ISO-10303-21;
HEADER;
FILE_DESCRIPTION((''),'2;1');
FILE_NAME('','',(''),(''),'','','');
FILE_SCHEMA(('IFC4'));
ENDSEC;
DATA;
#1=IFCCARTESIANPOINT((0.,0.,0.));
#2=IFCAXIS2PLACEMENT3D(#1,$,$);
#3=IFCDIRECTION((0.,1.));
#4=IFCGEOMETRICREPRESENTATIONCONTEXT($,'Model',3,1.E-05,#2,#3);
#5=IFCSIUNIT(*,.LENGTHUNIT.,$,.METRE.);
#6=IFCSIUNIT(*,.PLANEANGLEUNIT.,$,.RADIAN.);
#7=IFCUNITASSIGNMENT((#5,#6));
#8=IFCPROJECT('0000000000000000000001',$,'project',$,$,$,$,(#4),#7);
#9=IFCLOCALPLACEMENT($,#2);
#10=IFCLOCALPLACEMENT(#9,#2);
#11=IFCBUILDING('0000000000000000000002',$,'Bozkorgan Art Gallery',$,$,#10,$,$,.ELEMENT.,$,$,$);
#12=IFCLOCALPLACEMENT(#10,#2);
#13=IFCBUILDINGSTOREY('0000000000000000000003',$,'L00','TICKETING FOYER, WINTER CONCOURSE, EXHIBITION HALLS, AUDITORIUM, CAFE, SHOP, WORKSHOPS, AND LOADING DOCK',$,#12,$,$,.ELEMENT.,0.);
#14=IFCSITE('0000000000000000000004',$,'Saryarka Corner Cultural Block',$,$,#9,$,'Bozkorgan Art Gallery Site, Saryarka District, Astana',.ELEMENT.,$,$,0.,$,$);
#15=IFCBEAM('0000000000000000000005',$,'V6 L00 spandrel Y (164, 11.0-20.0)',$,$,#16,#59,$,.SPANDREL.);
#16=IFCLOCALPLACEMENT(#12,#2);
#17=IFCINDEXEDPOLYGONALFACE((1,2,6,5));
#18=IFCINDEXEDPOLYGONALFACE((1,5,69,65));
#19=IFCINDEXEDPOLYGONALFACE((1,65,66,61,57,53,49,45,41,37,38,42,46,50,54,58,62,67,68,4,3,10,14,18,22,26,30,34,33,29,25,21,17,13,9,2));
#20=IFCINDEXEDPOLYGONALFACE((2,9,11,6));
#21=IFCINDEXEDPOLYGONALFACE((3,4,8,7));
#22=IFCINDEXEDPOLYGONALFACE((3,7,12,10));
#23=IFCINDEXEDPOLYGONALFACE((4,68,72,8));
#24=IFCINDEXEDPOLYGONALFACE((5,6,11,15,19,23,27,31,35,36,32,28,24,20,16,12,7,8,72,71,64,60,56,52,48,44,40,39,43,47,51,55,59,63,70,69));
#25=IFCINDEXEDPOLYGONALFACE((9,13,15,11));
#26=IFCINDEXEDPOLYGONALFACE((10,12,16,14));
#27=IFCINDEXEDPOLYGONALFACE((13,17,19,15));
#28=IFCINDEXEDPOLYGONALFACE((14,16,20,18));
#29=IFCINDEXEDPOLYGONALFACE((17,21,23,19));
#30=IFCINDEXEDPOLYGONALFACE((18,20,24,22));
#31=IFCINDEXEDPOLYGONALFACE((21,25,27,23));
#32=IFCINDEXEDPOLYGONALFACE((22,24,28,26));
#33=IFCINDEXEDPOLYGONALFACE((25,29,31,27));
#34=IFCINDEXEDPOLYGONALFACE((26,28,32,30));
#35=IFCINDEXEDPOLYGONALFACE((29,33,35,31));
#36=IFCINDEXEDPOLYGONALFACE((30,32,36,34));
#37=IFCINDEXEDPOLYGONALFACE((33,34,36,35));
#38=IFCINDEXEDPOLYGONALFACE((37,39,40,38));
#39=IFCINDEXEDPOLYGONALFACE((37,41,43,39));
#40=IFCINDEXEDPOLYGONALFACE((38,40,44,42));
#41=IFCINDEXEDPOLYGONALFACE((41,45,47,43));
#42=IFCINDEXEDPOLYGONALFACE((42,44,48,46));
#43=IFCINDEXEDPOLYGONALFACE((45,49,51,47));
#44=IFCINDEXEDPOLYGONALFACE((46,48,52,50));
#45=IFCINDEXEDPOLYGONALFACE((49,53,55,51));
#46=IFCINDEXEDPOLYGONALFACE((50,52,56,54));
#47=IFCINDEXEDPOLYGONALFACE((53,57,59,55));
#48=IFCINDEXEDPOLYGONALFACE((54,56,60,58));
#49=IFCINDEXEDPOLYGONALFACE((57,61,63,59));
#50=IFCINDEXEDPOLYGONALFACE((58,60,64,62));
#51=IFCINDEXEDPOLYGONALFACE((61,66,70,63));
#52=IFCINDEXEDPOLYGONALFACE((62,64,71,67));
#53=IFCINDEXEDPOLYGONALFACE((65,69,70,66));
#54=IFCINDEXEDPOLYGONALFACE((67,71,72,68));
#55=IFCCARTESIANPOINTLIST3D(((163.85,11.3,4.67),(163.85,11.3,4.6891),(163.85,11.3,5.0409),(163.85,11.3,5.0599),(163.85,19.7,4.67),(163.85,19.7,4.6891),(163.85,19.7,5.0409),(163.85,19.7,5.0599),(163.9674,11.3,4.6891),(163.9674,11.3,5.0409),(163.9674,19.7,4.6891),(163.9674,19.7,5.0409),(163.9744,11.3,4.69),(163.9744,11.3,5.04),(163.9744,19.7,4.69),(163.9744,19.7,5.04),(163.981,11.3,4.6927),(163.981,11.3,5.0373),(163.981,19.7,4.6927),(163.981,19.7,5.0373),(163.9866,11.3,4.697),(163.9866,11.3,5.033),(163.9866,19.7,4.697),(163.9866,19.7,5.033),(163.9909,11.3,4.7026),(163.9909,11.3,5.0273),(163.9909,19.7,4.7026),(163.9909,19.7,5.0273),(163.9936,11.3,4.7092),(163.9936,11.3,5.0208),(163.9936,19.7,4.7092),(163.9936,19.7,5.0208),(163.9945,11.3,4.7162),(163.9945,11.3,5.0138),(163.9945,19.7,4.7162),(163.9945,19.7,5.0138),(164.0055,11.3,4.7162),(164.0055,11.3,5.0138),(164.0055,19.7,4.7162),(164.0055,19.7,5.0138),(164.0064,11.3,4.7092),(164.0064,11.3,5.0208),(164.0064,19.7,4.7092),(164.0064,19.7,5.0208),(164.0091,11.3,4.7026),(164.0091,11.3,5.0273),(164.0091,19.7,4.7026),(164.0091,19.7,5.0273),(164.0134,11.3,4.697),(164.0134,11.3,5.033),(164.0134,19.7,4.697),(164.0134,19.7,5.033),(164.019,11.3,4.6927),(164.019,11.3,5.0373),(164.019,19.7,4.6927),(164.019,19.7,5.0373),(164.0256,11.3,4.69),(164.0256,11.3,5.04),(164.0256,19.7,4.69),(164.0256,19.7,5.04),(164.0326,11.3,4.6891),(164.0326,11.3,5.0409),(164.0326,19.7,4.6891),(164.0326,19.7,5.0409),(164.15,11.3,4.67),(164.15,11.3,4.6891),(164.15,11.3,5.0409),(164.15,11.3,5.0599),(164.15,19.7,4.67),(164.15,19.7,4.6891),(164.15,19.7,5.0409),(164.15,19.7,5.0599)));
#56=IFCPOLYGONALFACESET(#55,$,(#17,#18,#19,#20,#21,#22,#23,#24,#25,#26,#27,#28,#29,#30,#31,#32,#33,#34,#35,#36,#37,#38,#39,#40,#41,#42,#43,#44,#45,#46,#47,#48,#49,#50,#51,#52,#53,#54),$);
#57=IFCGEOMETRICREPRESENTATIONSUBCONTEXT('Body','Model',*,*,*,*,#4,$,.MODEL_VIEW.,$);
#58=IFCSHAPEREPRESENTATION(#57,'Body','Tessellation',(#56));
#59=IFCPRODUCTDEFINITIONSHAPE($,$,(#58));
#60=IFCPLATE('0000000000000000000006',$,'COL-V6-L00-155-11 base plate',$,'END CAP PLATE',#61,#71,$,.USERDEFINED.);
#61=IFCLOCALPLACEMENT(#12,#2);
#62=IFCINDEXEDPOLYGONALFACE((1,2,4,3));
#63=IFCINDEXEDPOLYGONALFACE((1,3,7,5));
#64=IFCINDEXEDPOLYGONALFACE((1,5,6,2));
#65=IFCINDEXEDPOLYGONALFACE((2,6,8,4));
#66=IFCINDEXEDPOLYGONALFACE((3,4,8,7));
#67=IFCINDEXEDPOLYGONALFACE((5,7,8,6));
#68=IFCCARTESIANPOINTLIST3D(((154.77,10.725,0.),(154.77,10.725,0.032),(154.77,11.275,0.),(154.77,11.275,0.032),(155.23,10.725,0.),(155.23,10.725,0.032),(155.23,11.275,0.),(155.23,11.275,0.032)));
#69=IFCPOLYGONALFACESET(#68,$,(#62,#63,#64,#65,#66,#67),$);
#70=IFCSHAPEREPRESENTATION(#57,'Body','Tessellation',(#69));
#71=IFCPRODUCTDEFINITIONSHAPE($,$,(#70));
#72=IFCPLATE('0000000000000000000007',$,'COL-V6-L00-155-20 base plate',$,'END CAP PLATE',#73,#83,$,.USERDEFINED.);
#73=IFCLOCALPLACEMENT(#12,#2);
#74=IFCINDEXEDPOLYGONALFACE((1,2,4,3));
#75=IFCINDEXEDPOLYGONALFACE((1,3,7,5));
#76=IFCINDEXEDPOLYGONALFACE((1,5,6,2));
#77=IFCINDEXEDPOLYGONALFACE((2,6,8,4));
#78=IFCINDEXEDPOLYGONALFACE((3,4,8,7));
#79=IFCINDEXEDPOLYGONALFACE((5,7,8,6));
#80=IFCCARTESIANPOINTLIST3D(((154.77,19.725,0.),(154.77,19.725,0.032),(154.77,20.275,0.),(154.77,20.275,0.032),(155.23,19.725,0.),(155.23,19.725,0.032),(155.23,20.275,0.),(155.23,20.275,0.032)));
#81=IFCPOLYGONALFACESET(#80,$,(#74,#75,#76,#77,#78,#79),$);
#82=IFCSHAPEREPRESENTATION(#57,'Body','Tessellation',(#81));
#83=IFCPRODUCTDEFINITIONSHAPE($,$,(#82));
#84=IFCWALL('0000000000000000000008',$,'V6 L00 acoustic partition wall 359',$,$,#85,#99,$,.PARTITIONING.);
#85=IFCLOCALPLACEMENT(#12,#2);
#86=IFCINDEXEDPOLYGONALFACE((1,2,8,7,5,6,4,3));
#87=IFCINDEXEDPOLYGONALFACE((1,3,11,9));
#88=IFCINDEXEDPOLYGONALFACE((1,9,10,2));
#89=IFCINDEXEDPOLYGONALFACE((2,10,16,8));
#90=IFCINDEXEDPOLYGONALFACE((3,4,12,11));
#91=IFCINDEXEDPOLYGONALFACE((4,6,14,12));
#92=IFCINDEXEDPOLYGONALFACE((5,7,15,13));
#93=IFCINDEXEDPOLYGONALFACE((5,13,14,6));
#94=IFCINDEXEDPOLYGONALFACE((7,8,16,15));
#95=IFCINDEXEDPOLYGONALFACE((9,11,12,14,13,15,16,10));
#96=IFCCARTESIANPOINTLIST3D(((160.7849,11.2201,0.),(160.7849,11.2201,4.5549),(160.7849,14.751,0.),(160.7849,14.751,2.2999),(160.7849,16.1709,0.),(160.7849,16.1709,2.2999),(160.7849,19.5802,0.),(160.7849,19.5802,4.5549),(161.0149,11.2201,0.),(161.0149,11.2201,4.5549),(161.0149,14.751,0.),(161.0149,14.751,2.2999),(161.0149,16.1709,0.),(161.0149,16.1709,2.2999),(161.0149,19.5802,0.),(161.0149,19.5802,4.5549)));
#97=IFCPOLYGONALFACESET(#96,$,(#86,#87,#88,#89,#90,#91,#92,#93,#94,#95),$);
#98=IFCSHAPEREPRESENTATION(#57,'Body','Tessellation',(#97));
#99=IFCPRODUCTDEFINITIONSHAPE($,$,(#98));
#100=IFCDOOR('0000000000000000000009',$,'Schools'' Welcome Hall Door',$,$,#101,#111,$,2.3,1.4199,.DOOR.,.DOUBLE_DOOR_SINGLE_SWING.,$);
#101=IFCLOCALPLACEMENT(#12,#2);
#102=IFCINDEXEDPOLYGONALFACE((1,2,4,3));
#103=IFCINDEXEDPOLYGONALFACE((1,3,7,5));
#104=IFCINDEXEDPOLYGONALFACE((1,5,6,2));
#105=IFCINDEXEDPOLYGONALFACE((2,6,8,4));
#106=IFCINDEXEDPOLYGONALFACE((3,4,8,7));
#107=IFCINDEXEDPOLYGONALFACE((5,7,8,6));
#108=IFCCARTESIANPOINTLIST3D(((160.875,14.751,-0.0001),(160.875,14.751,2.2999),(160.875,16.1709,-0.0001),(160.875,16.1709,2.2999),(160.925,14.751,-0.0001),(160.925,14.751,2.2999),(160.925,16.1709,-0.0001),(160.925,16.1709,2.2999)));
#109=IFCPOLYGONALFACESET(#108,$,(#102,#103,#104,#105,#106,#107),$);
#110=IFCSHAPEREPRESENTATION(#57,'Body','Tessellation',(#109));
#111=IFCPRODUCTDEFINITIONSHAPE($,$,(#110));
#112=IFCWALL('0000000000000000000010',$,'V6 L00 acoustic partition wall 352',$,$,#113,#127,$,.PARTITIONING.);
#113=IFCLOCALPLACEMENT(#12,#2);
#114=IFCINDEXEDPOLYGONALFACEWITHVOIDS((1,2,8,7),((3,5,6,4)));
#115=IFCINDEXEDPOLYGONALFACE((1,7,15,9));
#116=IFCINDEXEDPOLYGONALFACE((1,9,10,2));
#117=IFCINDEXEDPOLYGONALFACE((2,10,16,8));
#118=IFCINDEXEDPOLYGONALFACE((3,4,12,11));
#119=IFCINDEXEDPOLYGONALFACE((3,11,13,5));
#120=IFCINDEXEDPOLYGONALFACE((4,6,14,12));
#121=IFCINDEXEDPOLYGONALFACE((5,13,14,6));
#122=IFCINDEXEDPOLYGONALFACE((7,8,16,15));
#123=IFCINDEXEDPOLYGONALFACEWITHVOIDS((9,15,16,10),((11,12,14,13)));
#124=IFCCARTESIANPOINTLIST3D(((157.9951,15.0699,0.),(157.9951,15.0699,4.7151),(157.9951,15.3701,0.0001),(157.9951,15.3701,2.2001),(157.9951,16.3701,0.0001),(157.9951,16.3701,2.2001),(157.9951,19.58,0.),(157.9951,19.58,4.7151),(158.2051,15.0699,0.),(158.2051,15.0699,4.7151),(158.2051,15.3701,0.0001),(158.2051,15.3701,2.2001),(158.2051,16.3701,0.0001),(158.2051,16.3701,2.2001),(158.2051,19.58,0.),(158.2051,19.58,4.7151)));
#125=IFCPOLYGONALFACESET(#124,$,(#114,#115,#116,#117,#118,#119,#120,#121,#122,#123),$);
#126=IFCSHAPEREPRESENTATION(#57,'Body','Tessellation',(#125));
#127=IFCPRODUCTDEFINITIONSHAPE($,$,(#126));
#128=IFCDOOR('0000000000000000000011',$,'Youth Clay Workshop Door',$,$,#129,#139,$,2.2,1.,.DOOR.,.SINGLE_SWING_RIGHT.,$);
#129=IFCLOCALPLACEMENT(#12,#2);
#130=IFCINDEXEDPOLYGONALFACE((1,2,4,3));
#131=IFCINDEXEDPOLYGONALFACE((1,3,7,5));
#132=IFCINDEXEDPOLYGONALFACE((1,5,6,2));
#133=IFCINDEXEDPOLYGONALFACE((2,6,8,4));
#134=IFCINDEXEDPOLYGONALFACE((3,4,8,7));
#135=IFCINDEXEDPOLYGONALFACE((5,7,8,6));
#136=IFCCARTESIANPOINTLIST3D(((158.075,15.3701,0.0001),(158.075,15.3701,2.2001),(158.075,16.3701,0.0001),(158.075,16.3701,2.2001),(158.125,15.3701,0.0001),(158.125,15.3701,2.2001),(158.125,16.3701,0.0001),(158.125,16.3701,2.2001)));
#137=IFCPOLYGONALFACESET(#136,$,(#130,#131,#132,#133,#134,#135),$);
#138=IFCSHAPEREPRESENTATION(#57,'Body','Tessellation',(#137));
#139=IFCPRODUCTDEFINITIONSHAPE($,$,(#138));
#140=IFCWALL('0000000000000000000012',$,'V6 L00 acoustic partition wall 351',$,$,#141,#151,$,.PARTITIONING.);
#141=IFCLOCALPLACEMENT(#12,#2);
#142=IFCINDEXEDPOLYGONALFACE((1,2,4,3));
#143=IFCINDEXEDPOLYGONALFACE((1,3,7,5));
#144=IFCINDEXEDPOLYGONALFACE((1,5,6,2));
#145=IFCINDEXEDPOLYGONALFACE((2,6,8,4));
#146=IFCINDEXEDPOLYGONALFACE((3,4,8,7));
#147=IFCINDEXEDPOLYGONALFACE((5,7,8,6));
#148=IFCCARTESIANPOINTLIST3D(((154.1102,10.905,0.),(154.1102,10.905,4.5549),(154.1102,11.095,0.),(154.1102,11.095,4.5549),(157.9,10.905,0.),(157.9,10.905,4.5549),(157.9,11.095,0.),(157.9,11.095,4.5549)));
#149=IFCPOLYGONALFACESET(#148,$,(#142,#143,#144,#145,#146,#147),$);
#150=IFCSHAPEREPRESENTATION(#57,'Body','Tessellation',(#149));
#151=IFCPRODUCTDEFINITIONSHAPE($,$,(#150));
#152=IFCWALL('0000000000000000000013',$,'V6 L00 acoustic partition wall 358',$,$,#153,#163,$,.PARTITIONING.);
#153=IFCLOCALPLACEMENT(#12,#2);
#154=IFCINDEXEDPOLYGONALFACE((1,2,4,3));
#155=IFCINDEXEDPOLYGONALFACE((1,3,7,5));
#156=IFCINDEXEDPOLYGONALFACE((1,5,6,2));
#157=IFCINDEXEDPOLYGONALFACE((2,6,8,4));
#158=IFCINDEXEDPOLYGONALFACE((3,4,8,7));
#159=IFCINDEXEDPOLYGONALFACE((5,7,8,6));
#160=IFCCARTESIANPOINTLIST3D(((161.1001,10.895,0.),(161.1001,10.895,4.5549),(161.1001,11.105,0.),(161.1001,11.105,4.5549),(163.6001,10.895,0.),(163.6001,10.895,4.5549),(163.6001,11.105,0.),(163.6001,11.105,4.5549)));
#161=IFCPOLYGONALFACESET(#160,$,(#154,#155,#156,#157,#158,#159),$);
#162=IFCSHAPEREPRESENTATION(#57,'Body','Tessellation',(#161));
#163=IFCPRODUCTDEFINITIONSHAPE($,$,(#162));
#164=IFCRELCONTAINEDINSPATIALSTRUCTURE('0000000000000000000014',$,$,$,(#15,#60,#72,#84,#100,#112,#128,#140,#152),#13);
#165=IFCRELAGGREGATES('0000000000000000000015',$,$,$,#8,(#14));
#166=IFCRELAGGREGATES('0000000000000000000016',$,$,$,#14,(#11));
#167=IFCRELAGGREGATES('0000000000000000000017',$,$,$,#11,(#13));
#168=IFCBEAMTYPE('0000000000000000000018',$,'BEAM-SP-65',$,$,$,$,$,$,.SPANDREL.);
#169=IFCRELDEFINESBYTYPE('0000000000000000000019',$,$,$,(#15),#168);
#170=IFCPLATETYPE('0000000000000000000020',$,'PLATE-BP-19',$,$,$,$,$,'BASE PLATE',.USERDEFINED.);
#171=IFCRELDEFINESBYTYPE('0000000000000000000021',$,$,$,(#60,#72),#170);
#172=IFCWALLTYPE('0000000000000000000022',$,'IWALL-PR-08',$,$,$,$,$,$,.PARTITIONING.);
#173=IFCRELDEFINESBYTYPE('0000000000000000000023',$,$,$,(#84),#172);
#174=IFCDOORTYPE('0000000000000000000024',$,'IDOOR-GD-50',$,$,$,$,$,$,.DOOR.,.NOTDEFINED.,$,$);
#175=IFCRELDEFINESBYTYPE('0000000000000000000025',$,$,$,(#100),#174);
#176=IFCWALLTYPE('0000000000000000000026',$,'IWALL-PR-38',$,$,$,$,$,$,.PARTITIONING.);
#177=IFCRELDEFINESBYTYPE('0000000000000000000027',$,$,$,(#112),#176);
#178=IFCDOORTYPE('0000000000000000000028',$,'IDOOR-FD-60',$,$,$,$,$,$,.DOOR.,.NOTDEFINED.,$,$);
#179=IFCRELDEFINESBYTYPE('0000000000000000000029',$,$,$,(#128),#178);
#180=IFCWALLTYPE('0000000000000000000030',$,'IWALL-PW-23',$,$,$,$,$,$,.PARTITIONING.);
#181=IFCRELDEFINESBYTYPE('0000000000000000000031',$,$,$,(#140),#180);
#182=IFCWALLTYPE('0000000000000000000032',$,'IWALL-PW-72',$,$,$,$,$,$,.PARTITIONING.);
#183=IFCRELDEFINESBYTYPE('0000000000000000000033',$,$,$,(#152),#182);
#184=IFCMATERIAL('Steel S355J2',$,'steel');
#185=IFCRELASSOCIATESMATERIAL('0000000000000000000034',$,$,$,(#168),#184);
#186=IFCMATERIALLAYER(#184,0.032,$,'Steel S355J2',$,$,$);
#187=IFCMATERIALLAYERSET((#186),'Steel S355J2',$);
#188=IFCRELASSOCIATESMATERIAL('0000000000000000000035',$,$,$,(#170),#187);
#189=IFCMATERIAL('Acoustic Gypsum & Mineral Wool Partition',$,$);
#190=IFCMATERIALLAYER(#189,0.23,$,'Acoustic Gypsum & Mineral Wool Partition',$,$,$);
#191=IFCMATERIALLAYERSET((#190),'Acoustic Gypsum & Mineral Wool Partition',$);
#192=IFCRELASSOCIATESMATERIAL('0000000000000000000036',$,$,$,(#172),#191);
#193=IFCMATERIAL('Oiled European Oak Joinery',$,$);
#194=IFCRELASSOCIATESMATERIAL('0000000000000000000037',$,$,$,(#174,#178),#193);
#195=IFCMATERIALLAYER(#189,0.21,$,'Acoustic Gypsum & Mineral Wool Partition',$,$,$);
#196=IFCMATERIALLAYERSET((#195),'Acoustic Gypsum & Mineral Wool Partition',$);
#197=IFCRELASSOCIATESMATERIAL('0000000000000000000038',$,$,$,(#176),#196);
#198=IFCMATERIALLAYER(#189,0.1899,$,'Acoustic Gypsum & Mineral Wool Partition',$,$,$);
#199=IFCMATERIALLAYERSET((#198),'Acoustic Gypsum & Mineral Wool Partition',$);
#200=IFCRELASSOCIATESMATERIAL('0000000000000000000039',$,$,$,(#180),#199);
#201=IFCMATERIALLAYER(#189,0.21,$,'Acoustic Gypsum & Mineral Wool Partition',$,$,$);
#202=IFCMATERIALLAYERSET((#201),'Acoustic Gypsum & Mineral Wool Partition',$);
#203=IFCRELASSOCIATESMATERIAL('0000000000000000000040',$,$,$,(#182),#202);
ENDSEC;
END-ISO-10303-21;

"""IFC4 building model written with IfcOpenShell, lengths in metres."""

from ifc_helpers import new_model, si_unit, direction, frame, frame_2d, origin, origin_2d, place, context, subcontext, project, spatial, rectangle, i_section, extrude, material, layer, layer_set, material_profile, profile_set, type_object, element, fill, save


model = new_model("IFC4")

# Units and contexts
model_context = context("Model", 3, precision=1e-05, world=origin(), true_north=direction((0.0, 1.0)))
body_context = subcontext(model_context, "Body", "Model", "MODEL_VIEW")
ifc_project = project(units=[si_unit("LENGTHUNIT", "METRE"), si_unit("PLANEANGLEUNIT", "RADIAN")], contexts=[model_context])

# Site, building, storey
site_placement = place(None, origin())
site = spatial("IfcSite", under=ifc_project, at=site_placement, Name="Saryarka Corner Cultural Block", LongName="Bozkorgan Art Gallery Site, Saryarka District, Astana", CompositionType="ELEMENT", RefElevation=0.0)
building_placement = place(site_placement, origin())
building = spatial("IfcBuilding", under=site, at=building_placement, Name="Bozkorgan Art Gallery", CompositionType="ELEMENT")
storey_placement = place(building_placement, origin())
storey = spatial("IfcBuildingStorey", under=building, at=storey_placement, Name="L00", Description="TICKETING FOYER, WINTER CONCOURSE, EXHIBITION HALLS, AUDITORIUM, CAFE, SHOP, WORKSHOPS, AND LOADING DOCK", CompositionType="ELEMENT", Elevation=0.0)

# Shared definitions
ifc_material_1 = material(Name="Steel S355J2", Category="steel")

# Beam
ifc_material_profile_1 = material_profile(ifc_material_1, i_section(OverallWidth=0.3, OverallDepth=0.3899, WebThickness=0.011, FlangeThickness=0.019, FilletRadius=0.0271, at=origin_2d()), Name="HEA 400")
ifc_profile_set_1 = profile_set([ifc_material_profile_1], Name="Steel S355J2")
beam_type_1 = type_object("IfcBeamType", Name="BEAM-SP-65", PredefinedType="SPANDREL", material=ifc_profile_set_1)
beam_1_placement = place(storey_placement, frame((164.0, 11.3, 4.865), z_axis=(0.0, 1.0, 0.0), x_axis=(-1.0, 0.0, 0.0)))
element("IfcBeam", 1, at=beam_1_placement, inside=storey, type_object=beam_type_1, Name="V6 L00 spandrel Y (164, 11.0-20.0)", PredefinedType="SPANDREL", context=body_context, shape_type="SweptSolid", body=[
    extrude(i_section(OverallWidth=0.3, OverallDepth=0.3899, WebThickness=0.011, FlangeThickness=0.019, FilletRadius=0.0271, at=origin_2d()), origin(), (0.0, 0.0, 1.0), 8.3999),
])

# Plates
ifc_layer_1 = layer(ifc_material_1, 0.032, Name="Steel S355J2")
ifc_layer_set_1 = layer_set([ifc_layer_1], Name="Steel S355J2")
plate_type = type_object("IfcPlateType", Name="PLATE-BP-19", ElementType="BASE PLATE", PredefinedType="USERDEFINED", material=ifc_layer_set_1)
for number, where, z_axis, x_axis, name in (
    (2, (155.0, 11.0, 0.0), (0.0, 0.0, 1.0), (1.0, 0.0, 0.0), "COL-V6-L00-155-11 base plate"),
    (3, (155.0, 20.0, 0.0), (0.0, 0.0, 1.0), (1.0, 0.0, 0.0), "COL-V6-L00-155-20 base plate"),
):
    element("IfcPlate", number, at=place(storey_placement, frame(where, z_axis=z_axis, x_axis=x_axis)), inside=storey, type_object=plate_type, Name=name, ObjectType="END CAP PLATE", PredefinedType="USERDEFINED", context=body_context, shape_type="SweptSolid", body=[
        extrude(rectangle(XDim=0.46, YDim=0.55, at=origin_2d()), origin(), (0.0, 0.0, 1.0), 0.032),
    ])

# Walls, openings, doors
ifc_material_2 = material(Name="Acoustic Gypsum & Mineral Wool Partition")
ifc_layer_2 = layer(ifc_material_2, 0.23, Name="Acoustic Gypsum & Mineral Wool Partition")
ifc_layer_set_2 = layer_set([ifc_layer_2], Name="Acoustic Gypsum & Mineral Wool Partition")
wall_type_1 = type_object("IfcWallType", Name="IWALL-PR-08", PredefinedType="PARTITIONING", material=ifc_layer_set_2)
wall_1_placement = place(storey_placement, frame((160.8999, 11.22, 0.0), z_axis=(0.0, 0.0, 1.0), x_axis=(0.0, 1.0, 0.0)))
wall_1 = element("IfcWall", 4, at=wall_1_placement, inside=storey, type_object=wall_type_1, Name="V6 L00 acoustic partition wall 359", PredefinedType="PARTITIONING", context=body_context, shape_type="SweptSolid", body=[
    extrude(rectangle(XDim=8.3601, YDim=0.23, at=frame_2d((4.1802, 0.0))), origin(), (0.0, 0.0, 1.0), 4.5549),
])
opening_1_placement = place(wall_1_placement, frame((3.531, 0.0, 0.0)))
opening_1 = element("IfcOpeningElement", 5, at=opening_1_placement, cuts=wall_1, PredefinedType="OPENING", context=body_context, shape_type="SweptSolid", body=[
    extrude(rectangle(XDim=1.4199, YDim=2.3, at=frame_2d((0.71, 1.1499))), frame((0.0, 0.125, 0.0), z_axis=(0.0, -1.0, 0.0), x_axis=(1.0, 0.0, 0.0)), (0.0, 0.0, 1.0), 0.25),
])
ifc_material_3 = material(Name="Oiled European Oak Joinery")
door_type_1 = type_object("IfcDoorType", Name="IDOOR-GD-50", OperationType="NOTDEFINED", PredefinedType="DOOR", material=ifc_material_3)
door_1_placement = place(opening_1_placement, origin())
door_1 = element("IfcDoor", 6, at=door_1_placement, inside=storey, type_object=door_type_1, Name="Schools' Welcome Hall Door", OperationType="DOUBLE_DOOR_SINGLE_SWING", OverallHeight=2.3, OverallWidth=1.4199, PredefinedType="DOOR", context=body_context, shape_type="SweptSolid", body=[
    extrude(rectangle(XDim=1.4199, YDim=2.3, at=frame_2d((0.71, 1.1499))), frame((0.0, 0.0249, 0.0), z_axis=(0.0, -1.0, 0.0), x_axis=(1.0, 0.0, 0.0)), (0.0, 0.0, 1.0), 0.05),
])
fill(opening_1, door_1)
ifc_layer_3 = layer(ifc_material_2, 0.21, Name="Acoustic Gypsum & Mineral Wool Partition")
ifc_layer_set_3 = layer_set([ifc_layer_3], Name="Acoustic Gypsum & Mineral Wool Partition")
wall_type_2 = type_object("IfcWallType", Name="IWALL-PR-38", PredefinedType="PARTITIONING", material=ifc_layer_set_3)
wall_2_placement = place(storey_placement, frame((158.1001, 15.0701, 0.0), z_axis=(0.0, 0.0, 1.0), x_axis=(0.0, 1.0, 0.0)))
wall_2 = element("IfcWall", 7, at=wall_2_placement, inside=storey, type_object=wall_type_2, Name="V6 L00 acoustic partition wall 352", PredefinedType="PARTITIONING", context=body_context, shape_type="SweptSolid", body=[
    extrude(rectangle(XDim=4.51, YDim=0.21, at=frame_2d((2.2549, 0.0))), origin(), (0.0, 0.0, 1.0), 4.7151),
])
opening_2_placement = place(wall_2_placement, frame((1.3, 0.0, 0.0), z_axis=(0.0, 0.0, 1.0), x_axis=(-1.0, 0.0, 0.0)))
opening_2 = element("IfcOpeningElement", 8, at=opening_2_placement, cuts=wall_2, PredefinedType="OPENING", context=body_context, shape_type="SweptSolid", body=[
    extrude(rectangle(XDim=1.0, YDim=2.2, at=frame_2d((0.5, 1.1001))), frame((0.0, 0.115, 0.0), z_axis=(0.0, -1.0, 0.0), x_axis=(1.0, 0.0, 0.0)), (0.0, 0.0, 1.0), 0.23),
])
door_type_2 = type_object("IfcDoorType", Name="IDOOR-FD-60", OperationType="NOTDEFINED", PredefinedType="DOOR", material=ifc_material_3)
door_2_placement = place(opening_2_placement, origin())
door_2 = element("IfcDoor", 9, at=door_2_placement, inside=storey, type_object=door_type_2, Name="Youth Clay Workshop Door", OperationType="SINGLE_SWING_RIGHT", OverallHeight=2.2, OverallWidth=1.0, PredefinedType="DOOR", context=body_context, shape_type="SweptSolid", body=[
    extrude(rectangle(XDim=1.0, YDim=2.2, at=frame_2d((0.5, 1.1001))), frame((0.0, 0.0249, 0.0), z_axis=(0.0, -1.0, 0.0), x_axis=(1.0, 0.0, 0.0)), (0.0, 0.0, 1.0), 0.05),
])
fill(opening_2, door_2)

# Walls
ifc_layer_4 = layer(ifc_material_2, 0.1899, Name="Acoustic Gypsum & Mineral Wool Partition")
ifc_layer_set_4 = layer_set([ifc_layer_4], Name="Acoustic Gypsum & Mineral Wool Partition")
wall_type_3 = type_object("IfcWallType", Name="IWALL-PW-23", PredefinedType="PARTITIONING", material=ifc_layer_set_4)
wall_3_placement = place(storey_placement, frame((154.1101, 11.0, 0.0), z_axis=(0.0, 0.0, 1.0), x_axis=(1.0, 0.0, 0.0)))
element("IfcWall", 10, at=wall_3_placement, inside=storey, type_object=wall_type_3, Name="V6 L00 acoustic partition wall 351", PredefinedType="PARTITIONING", context=body_context, shape_type="SweptSolid", body=[
    extrude(rectangle(XDim=3.7898, YDim=0.1899, at=frame_2d((1.895, 0.0))), origin(), (0.0, 0.0, 1.0), 4.5549),
])
ifc_layer_5 = layer(ifc_material_2, 0.21, Name="Acoustic Gypsum & Mineral Wool Partition")
ifc_layer_set_5 = layer_set([ifc_layer_5], Name="Acoustic Gypsum & Mineral Wool Partition")
wall_type_4 = type_object("IfcWallType", Name="IWALL-PW-72", PredefinedType="PARTITIONING", material=ifc_layer_set_5)
wall_4_placement = place(storey_placement, frame((161.1001, 11.0, 0.0), z_axis=(0.0, 0.0, 1.0), x_axis=(1.0, 0.0, 0.0)))
element("IfcWall", 11, at=wall_4_placement, inside=storey, type_object=wall_type_4, Name="V6 L00 acoustic partition wall 358", PredefinedType="PARTITIONING", context=body_context, shape_type="SweptSolid", body=[
    extrude(rectangle(XDim=2.5, YDim=0.21, at=frame_2d((1.25, 0.0))), origin(), (0.0, 0.0, 1.0), 4.5549),
])

save(model, "model.ifc")
